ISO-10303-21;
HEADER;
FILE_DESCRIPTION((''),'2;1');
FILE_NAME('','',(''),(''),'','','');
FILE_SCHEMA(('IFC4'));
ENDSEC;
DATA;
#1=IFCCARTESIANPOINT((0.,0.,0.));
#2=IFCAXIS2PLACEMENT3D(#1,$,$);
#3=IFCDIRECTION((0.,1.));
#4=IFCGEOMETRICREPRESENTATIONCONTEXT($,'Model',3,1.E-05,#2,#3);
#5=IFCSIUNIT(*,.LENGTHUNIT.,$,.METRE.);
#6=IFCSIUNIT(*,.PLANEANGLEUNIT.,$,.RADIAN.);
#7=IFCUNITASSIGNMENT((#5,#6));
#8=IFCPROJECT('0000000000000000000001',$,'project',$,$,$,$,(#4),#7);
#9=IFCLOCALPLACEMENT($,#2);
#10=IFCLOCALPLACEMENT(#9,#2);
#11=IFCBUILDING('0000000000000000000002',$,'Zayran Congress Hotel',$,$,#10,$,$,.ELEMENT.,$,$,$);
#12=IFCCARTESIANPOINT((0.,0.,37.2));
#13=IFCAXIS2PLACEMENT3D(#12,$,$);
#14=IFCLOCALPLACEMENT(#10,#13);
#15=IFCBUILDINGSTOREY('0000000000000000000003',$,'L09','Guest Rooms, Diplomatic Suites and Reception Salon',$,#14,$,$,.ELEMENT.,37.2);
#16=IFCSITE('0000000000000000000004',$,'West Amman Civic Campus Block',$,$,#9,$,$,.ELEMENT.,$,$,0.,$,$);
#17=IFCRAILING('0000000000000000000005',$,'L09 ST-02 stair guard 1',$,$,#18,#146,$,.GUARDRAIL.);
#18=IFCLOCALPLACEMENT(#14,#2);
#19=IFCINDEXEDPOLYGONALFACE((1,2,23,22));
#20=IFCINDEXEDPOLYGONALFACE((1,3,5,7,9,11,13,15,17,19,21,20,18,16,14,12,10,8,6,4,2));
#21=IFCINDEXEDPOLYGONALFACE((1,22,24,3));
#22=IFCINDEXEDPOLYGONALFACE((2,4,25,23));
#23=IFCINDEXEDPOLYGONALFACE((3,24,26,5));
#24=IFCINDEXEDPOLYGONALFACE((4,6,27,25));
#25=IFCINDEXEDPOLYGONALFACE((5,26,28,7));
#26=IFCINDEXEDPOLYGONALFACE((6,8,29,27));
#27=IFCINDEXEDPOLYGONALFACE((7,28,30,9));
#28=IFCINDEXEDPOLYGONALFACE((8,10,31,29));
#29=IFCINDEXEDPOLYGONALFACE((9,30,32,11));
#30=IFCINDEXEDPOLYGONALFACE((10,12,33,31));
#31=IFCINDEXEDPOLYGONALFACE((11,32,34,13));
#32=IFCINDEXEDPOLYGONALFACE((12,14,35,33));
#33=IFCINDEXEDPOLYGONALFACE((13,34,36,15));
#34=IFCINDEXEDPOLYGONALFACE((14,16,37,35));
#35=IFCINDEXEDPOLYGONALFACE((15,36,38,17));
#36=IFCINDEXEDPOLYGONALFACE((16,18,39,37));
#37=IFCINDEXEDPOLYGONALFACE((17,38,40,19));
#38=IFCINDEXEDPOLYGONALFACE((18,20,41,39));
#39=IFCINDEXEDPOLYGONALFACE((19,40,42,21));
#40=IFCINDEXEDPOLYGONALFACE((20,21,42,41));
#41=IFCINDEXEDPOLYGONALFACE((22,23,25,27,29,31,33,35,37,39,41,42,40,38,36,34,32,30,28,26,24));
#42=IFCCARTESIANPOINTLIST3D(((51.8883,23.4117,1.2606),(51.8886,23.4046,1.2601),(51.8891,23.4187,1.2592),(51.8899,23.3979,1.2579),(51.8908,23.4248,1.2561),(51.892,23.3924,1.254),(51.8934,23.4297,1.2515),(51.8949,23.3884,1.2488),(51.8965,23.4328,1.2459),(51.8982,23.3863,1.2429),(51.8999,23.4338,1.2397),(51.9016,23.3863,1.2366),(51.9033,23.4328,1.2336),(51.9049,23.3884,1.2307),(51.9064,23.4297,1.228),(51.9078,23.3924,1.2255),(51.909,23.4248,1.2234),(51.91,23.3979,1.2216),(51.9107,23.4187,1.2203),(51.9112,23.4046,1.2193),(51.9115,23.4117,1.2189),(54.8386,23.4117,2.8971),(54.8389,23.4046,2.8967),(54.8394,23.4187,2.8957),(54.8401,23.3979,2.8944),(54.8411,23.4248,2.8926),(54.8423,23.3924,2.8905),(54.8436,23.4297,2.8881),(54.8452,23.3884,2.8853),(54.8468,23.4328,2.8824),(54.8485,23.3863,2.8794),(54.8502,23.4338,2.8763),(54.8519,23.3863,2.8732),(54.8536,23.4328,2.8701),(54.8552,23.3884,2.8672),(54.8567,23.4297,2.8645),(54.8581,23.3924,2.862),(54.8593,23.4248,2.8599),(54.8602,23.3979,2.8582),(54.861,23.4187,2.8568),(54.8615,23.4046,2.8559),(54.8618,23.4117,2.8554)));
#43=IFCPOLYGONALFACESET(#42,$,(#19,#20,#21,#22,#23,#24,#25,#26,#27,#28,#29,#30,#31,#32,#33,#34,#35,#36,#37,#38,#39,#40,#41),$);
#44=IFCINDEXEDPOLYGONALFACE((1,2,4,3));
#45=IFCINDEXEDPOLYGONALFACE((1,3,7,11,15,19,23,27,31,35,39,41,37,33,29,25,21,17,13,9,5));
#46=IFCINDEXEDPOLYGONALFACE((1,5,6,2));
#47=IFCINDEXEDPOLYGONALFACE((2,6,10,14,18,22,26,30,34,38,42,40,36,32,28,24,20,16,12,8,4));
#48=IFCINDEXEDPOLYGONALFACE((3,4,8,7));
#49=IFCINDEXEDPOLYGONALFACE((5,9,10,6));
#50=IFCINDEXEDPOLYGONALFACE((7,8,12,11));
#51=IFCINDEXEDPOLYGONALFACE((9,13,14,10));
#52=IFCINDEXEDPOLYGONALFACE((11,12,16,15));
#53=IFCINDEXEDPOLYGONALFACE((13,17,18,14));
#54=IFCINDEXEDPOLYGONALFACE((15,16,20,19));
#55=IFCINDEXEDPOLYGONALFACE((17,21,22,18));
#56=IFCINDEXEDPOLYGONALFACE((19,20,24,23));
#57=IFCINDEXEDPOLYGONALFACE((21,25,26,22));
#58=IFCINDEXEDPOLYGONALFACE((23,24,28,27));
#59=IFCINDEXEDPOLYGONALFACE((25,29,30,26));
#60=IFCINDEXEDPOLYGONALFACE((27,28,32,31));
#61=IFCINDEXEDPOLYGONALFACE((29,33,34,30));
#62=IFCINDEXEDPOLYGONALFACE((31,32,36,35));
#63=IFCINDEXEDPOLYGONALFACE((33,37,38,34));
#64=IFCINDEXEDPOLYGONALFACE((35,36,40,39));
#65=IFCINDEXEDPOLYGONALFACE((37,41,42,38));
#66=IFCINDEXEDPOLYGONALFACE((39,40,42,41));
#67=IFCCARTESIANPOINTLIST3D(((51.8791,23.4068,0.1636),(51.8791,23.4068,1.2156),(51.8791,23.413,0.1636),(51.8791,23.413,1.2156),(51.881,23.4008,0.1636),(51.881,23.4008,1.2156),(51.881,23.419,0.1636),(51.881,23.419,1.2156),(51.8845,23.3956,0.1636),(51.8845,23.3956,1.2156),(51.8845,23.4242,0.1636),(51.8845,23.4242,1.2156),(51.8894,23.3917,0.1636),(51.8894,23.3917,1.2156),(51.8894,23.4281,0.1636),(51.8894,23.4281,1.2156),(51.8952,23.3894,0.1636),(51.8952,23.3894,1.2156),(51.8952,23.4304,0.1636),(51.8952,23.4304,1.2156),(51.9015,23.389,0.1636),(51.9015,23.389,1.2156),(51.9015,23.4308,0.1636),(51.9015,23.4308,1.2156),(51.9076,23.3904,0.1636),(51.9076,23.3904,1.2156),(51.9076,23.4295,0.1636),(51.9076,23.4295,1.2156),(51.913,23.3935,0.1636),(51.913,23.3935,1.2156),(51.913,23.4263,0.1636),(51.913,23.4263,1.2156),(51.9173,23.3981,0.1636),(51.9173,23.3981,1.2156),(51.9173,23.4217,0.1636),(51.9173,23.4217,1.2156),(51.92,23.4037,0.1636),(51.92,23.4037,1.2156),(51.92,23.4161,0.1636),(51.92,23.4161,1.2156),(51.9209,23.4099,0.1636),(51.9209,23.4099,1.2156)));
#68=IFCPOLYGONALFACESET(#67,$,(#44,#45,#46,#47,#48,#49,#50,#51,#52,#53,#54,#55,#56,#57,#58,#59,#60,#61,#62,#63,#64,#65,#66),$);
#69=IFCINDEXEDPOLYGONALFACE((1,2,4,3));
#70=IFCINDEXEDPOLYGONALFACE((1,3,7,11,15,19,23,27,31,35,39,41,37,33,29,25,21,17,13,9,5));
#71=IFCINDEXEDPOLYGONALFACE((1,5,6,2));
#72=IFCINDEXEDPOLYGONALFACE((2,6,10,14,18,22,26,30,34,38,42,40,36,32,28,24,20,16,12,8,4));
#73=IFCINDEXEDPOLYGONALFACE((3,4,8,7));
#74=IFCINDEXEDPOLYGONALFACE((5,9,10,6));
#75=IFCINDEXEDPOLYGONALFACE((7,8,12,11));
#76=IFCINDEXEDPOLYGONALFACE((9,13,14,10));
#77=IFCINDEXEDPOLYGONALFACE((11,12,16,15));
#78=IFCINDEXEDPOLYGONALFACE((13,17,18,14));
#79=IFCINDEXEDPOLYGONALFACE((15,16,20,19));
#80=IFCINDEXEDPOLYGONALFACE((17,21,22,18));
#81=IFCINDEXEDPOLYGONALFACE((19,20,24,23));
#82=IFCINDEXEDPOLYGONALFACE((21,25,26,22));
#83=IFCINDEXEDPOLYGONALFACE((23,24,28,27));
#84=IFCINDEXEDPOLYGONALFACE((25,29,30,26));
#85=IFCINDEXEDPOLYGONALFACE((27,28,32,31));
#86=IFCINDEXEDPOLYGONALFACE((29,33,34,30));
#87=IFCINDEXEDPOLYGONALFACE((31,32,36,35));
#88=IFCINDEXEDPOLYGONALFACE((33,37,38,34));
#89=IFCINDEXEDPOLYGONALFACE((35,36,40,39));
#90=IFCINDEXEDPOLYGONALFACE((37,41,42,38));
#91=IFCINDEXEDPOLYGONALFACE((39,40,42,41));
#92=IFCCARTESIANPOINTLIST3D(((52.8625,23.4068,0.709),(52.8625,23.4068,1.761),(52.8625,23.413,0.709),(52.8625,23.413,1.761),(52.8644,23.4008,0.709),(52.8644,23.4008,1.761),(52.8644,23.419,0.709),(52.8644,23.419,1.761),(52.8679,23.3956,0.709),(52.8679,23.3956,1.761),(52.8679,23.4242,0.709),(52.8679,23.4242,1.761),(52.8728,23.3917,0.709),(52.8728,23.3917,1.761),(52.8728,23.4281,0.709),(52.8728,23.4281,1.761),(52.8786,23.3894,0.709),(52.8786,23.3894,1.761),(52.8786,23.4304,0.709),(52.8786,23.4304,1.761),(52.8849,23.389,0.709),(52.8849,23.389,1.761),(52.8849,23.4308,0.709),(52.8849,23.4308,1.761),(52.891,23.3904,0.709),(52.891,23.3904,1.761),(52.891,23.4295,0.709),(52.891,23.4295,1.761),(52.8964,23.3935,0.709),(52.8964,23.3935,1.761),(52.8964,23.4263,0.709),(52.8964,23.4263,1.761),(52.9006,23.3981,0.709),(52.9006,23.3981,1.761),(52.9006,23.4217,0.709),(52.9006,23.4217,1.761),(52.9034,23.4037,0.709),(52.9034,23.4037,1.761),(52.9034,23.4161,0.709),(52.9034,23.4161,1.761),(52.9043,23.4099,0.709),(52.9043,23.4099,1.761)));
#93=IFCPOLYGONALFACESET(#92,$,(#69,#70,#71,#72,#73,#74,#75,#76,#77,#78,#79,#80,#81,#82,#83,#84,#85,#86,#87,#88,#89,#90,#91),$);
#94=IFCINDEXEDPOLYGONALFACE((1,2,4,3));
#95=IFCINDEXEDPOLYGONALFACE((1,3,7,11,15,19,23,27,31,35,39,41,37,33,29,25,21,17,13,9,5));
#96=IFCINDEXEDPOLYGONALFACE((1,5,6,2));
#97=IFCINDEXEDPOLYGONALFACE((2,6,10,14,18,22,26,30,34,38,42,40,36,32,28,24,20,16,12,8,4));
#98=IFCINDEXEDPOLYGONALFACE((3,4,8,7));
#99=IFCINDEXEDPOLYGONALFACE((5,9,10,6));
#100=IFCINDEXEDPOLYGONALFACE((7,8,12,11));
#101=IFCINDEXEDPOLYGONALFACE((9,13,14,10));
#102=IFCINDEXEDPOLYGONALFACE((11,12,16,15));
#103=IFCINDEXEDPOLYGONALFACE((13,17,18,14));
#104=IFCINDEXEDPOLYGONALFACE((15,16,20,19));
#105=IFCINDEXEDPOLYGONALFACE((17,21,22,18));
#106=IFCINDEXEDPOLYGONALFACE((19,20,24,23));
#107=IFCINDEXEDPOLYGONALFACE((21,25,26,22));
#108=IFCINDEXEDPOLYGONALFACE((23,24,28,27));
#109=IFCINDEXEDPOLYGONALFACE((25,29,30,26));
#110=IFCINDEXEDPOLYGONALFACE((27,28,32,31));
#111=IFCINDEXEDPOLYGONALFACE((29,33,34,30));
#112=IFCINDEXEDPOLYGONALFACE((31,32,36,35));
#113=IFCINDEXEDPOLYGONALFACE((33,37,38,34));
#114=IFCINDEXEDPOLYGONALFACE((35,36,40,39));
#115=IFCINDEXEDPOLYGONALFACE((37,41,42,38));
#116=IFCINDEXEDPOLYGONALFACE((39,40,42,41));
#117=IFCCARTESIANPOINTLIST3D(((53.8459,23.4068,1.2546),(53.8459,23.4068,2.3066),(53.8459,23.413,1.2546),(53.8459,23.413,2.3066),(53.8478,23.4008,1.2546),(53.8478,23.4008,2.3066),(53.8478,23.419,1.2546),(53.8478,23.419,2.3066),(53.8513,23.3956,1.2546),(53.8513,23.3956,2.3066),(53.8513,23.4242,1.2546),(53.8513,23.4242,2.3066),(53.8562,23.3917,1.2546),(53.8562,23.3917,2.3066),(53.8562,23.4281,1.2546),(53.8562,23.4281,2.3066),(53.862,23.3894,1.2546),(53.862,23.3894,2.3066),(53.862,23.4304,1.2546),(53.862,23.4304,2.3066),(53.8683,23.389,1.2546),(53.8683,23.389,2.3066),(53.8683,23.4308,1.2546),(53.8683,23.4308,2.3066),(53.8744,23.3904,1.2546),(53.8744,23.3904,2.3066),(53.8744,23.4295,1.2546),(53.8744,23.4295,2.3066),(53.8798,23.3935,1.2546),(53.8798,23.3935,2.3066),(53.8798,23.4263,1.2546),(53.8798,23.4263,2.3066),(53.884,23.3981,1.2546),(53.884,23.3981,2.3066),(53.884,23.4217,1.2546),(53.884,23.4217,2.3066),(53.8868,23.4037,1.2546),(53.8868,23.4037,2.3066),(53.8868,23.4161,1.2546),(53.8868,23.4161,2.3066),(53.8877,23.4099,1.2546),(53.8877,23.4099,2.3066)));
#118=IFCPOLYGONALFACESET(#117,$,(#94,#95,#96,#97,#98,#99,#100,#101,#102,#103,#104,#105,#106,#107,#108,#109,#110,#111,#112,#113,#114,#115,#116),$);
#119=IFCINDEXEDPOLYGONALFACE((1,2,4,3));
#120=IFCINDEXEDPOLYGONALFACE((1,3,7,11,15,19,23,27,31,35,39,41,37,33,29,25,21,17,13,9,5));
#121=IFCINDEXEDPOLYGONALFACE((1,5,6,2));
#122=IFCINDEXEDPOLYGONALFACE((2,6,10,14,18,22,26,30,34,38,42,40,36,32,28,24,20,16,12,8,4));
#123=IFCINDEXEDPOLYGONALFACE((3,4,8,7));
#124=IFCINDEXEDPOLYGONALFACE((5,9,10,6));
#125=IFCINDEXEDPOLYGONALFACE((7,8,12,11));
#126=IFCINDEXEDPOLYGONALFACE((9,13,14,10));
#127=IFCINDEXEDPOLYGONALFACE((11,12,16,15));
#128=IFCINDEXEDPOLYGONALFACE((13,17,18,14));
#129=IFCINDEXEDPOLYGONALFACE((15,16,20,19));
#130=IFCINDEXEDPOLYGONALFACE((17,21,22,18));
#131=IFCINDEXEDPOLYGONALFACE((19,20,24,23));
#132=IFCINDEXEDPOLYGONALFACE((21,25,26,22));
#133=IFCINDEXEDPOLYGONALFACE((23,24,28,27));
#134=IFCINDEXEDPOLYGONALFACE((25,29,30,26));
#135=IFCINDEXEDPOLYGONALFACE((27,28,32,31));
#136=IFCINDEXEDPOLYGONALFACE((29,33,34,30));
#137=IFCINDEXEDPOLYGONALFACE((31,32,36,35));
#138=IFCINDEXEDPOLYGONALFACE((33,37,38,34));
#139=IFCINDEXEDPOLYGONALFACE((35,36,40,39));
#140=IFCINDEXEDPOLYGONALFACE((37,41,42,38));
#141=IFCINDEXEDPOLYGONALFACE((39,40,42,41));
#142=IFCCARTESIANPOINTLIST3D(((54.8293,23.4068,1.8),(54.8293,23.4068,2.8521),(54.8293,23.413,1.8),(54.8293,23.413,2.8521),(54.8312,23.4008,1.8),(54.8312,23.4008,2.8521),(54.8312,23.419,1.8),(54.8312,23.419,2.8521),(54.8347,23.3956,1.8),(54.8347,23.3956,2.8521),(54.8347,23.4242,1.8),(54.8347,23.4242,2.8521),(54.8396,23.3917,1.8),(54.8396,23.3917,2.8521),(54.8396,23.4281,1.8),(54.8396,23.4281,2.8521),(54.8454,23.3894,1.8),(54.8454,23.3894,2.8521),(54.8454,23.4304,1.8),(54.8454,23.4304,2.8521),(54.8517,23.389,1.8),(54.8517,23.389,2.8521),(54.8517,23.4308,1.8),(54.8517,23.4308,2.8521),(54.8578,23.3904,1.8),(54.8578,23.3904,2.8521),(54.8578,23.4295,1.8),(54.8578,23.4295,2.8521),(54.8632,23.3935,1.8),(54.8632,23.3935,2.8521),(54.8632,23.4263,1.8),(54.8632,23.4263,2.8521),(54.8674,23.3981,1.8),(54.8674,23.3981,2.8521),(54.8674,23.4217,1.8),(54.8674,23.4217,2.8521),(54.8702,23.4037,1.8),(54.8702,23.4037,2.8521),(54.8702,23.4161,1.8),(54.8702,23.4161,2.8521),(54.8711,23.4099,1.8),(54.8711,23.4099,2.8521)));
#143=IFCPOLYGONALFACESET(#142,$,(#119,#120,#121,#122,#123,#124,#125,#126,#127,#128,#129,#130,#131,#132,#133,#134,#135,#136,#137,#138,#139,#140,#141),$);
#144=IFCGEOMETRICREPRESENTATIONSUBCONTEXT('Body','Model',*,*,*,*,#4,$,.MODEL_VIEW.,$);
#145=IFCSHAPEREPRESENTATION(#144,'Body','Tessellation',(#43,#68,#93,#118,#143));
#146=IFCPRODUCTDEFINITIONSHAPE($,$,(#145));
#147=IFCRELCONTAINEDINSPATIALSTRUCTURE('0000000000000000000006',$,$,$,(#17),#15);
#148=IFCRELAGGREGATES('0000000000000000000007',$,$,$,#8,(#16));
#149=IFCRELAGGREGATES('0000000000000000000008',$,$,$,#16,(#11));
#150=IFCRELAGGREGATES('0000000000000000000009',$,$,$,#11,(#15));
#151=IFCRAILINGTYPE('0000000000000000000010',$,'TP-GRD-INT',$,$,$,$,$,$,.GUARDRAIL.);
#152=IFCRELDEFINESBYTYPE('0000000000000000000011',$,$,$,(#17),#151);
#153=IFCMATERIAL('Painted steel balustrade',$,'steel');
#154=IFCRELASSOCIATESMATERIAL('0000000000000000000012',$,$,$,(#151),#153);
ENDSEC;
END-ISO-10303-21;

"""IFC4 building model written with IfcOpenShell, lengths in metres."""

from ifc_helpers import new_model, si_unit, direction, frame, origin, origin_2d, place, context, subcontext, project, spatial, circle, extrude, material, type_object, element, save


model = new_model("IFC4")

# Units and contexts
model_context = context("Model", 3, precision=1e-05, world=origin(), true_north=direction((0.0, 1.0)))
body_context = subcontext(model_context, "Body", "Model", "MODEL_VIEW")
ifc_project = project(units=[si_unit("LENGTHUNIT", "METRE"), si_unit("PLANEANGLEUNIT", "RADIAN")], contexts=[model_context])

# Site, building, storey
site_placement = place(None, origin())
site = spatial("IfcSite", under=ifc_project, at=site_placement, Name="West Amman Civic Campus Block", CompositionType="ELEMENT", RefElevation=0.0)
building_placement = place(site_placement, origin())
building = spatial("IfcBuilding", under=site, at=building_placement, Name="Zayran Congress Hotel", CompositionType="ELEMENT")
storey_placement = place(building_placement, frame((0.0, 0.0, 37.2)))
storey = spatial("IfcBuildingStorey", under=building, at=storey_placement, Name="L09", Description="Guest Rooms, Diplomatic Suites and Reception Salon", CompositionType="ELEMENT", Elevation=37.2)

# Railing
ifc_material_1 = material(Name="Painted steel balustrade", Category="steel")
railing_type_1 = type_object("IfcRailingType", Name="TP-GRD-INT", PredefinedType="GUARDRAIL", material=ifc_material_1)
railing_1_placement = place(storey_placement, frame((51.8999, 23.4099, 0.1636)))
element("IfcRailing", 1, at=railing_1_placement, inside=storey, type_object=railing_type_1, Name="L09 ST-02 stair guard 1", PredefinedType="GUARDRAIL", context=body_context, shape_type="SweptSolid", body=[
    extrude(circle(Radius=0.0239, at=origin_2d()), frame((0.0, 0.0, 1.0762), z_axis=(0.874475, 0.0, 0.485071), x_axis=(0.0, 1.0, 0.0)), (0.0, 0.0, 1.0), 3.3738),
    extrude(circle(Radius=0.021, at=origin_2d()), origin(), (0.0, 0.0, 1.0), 1.052),
    extrude(circle(Radius=0.021, at=origin_2d()), frame((0.9834, 0.0, 0.5454)), (0.0, 0.0, 1.0), 1.052),
    extrude(circle(Radius=0.021, at=origin_2d()), frame((1.9668, 0.0, 1.0911)), (0.0, 0.0, 1.0), 1.052),
    extrude(circle(Radius=0.021, at=origin_2d()), frame((2.9502, 0.0, 1.6365)), (0.0, 0.0, 1.0), 1.052),
])

save(model, "model.ifc")
